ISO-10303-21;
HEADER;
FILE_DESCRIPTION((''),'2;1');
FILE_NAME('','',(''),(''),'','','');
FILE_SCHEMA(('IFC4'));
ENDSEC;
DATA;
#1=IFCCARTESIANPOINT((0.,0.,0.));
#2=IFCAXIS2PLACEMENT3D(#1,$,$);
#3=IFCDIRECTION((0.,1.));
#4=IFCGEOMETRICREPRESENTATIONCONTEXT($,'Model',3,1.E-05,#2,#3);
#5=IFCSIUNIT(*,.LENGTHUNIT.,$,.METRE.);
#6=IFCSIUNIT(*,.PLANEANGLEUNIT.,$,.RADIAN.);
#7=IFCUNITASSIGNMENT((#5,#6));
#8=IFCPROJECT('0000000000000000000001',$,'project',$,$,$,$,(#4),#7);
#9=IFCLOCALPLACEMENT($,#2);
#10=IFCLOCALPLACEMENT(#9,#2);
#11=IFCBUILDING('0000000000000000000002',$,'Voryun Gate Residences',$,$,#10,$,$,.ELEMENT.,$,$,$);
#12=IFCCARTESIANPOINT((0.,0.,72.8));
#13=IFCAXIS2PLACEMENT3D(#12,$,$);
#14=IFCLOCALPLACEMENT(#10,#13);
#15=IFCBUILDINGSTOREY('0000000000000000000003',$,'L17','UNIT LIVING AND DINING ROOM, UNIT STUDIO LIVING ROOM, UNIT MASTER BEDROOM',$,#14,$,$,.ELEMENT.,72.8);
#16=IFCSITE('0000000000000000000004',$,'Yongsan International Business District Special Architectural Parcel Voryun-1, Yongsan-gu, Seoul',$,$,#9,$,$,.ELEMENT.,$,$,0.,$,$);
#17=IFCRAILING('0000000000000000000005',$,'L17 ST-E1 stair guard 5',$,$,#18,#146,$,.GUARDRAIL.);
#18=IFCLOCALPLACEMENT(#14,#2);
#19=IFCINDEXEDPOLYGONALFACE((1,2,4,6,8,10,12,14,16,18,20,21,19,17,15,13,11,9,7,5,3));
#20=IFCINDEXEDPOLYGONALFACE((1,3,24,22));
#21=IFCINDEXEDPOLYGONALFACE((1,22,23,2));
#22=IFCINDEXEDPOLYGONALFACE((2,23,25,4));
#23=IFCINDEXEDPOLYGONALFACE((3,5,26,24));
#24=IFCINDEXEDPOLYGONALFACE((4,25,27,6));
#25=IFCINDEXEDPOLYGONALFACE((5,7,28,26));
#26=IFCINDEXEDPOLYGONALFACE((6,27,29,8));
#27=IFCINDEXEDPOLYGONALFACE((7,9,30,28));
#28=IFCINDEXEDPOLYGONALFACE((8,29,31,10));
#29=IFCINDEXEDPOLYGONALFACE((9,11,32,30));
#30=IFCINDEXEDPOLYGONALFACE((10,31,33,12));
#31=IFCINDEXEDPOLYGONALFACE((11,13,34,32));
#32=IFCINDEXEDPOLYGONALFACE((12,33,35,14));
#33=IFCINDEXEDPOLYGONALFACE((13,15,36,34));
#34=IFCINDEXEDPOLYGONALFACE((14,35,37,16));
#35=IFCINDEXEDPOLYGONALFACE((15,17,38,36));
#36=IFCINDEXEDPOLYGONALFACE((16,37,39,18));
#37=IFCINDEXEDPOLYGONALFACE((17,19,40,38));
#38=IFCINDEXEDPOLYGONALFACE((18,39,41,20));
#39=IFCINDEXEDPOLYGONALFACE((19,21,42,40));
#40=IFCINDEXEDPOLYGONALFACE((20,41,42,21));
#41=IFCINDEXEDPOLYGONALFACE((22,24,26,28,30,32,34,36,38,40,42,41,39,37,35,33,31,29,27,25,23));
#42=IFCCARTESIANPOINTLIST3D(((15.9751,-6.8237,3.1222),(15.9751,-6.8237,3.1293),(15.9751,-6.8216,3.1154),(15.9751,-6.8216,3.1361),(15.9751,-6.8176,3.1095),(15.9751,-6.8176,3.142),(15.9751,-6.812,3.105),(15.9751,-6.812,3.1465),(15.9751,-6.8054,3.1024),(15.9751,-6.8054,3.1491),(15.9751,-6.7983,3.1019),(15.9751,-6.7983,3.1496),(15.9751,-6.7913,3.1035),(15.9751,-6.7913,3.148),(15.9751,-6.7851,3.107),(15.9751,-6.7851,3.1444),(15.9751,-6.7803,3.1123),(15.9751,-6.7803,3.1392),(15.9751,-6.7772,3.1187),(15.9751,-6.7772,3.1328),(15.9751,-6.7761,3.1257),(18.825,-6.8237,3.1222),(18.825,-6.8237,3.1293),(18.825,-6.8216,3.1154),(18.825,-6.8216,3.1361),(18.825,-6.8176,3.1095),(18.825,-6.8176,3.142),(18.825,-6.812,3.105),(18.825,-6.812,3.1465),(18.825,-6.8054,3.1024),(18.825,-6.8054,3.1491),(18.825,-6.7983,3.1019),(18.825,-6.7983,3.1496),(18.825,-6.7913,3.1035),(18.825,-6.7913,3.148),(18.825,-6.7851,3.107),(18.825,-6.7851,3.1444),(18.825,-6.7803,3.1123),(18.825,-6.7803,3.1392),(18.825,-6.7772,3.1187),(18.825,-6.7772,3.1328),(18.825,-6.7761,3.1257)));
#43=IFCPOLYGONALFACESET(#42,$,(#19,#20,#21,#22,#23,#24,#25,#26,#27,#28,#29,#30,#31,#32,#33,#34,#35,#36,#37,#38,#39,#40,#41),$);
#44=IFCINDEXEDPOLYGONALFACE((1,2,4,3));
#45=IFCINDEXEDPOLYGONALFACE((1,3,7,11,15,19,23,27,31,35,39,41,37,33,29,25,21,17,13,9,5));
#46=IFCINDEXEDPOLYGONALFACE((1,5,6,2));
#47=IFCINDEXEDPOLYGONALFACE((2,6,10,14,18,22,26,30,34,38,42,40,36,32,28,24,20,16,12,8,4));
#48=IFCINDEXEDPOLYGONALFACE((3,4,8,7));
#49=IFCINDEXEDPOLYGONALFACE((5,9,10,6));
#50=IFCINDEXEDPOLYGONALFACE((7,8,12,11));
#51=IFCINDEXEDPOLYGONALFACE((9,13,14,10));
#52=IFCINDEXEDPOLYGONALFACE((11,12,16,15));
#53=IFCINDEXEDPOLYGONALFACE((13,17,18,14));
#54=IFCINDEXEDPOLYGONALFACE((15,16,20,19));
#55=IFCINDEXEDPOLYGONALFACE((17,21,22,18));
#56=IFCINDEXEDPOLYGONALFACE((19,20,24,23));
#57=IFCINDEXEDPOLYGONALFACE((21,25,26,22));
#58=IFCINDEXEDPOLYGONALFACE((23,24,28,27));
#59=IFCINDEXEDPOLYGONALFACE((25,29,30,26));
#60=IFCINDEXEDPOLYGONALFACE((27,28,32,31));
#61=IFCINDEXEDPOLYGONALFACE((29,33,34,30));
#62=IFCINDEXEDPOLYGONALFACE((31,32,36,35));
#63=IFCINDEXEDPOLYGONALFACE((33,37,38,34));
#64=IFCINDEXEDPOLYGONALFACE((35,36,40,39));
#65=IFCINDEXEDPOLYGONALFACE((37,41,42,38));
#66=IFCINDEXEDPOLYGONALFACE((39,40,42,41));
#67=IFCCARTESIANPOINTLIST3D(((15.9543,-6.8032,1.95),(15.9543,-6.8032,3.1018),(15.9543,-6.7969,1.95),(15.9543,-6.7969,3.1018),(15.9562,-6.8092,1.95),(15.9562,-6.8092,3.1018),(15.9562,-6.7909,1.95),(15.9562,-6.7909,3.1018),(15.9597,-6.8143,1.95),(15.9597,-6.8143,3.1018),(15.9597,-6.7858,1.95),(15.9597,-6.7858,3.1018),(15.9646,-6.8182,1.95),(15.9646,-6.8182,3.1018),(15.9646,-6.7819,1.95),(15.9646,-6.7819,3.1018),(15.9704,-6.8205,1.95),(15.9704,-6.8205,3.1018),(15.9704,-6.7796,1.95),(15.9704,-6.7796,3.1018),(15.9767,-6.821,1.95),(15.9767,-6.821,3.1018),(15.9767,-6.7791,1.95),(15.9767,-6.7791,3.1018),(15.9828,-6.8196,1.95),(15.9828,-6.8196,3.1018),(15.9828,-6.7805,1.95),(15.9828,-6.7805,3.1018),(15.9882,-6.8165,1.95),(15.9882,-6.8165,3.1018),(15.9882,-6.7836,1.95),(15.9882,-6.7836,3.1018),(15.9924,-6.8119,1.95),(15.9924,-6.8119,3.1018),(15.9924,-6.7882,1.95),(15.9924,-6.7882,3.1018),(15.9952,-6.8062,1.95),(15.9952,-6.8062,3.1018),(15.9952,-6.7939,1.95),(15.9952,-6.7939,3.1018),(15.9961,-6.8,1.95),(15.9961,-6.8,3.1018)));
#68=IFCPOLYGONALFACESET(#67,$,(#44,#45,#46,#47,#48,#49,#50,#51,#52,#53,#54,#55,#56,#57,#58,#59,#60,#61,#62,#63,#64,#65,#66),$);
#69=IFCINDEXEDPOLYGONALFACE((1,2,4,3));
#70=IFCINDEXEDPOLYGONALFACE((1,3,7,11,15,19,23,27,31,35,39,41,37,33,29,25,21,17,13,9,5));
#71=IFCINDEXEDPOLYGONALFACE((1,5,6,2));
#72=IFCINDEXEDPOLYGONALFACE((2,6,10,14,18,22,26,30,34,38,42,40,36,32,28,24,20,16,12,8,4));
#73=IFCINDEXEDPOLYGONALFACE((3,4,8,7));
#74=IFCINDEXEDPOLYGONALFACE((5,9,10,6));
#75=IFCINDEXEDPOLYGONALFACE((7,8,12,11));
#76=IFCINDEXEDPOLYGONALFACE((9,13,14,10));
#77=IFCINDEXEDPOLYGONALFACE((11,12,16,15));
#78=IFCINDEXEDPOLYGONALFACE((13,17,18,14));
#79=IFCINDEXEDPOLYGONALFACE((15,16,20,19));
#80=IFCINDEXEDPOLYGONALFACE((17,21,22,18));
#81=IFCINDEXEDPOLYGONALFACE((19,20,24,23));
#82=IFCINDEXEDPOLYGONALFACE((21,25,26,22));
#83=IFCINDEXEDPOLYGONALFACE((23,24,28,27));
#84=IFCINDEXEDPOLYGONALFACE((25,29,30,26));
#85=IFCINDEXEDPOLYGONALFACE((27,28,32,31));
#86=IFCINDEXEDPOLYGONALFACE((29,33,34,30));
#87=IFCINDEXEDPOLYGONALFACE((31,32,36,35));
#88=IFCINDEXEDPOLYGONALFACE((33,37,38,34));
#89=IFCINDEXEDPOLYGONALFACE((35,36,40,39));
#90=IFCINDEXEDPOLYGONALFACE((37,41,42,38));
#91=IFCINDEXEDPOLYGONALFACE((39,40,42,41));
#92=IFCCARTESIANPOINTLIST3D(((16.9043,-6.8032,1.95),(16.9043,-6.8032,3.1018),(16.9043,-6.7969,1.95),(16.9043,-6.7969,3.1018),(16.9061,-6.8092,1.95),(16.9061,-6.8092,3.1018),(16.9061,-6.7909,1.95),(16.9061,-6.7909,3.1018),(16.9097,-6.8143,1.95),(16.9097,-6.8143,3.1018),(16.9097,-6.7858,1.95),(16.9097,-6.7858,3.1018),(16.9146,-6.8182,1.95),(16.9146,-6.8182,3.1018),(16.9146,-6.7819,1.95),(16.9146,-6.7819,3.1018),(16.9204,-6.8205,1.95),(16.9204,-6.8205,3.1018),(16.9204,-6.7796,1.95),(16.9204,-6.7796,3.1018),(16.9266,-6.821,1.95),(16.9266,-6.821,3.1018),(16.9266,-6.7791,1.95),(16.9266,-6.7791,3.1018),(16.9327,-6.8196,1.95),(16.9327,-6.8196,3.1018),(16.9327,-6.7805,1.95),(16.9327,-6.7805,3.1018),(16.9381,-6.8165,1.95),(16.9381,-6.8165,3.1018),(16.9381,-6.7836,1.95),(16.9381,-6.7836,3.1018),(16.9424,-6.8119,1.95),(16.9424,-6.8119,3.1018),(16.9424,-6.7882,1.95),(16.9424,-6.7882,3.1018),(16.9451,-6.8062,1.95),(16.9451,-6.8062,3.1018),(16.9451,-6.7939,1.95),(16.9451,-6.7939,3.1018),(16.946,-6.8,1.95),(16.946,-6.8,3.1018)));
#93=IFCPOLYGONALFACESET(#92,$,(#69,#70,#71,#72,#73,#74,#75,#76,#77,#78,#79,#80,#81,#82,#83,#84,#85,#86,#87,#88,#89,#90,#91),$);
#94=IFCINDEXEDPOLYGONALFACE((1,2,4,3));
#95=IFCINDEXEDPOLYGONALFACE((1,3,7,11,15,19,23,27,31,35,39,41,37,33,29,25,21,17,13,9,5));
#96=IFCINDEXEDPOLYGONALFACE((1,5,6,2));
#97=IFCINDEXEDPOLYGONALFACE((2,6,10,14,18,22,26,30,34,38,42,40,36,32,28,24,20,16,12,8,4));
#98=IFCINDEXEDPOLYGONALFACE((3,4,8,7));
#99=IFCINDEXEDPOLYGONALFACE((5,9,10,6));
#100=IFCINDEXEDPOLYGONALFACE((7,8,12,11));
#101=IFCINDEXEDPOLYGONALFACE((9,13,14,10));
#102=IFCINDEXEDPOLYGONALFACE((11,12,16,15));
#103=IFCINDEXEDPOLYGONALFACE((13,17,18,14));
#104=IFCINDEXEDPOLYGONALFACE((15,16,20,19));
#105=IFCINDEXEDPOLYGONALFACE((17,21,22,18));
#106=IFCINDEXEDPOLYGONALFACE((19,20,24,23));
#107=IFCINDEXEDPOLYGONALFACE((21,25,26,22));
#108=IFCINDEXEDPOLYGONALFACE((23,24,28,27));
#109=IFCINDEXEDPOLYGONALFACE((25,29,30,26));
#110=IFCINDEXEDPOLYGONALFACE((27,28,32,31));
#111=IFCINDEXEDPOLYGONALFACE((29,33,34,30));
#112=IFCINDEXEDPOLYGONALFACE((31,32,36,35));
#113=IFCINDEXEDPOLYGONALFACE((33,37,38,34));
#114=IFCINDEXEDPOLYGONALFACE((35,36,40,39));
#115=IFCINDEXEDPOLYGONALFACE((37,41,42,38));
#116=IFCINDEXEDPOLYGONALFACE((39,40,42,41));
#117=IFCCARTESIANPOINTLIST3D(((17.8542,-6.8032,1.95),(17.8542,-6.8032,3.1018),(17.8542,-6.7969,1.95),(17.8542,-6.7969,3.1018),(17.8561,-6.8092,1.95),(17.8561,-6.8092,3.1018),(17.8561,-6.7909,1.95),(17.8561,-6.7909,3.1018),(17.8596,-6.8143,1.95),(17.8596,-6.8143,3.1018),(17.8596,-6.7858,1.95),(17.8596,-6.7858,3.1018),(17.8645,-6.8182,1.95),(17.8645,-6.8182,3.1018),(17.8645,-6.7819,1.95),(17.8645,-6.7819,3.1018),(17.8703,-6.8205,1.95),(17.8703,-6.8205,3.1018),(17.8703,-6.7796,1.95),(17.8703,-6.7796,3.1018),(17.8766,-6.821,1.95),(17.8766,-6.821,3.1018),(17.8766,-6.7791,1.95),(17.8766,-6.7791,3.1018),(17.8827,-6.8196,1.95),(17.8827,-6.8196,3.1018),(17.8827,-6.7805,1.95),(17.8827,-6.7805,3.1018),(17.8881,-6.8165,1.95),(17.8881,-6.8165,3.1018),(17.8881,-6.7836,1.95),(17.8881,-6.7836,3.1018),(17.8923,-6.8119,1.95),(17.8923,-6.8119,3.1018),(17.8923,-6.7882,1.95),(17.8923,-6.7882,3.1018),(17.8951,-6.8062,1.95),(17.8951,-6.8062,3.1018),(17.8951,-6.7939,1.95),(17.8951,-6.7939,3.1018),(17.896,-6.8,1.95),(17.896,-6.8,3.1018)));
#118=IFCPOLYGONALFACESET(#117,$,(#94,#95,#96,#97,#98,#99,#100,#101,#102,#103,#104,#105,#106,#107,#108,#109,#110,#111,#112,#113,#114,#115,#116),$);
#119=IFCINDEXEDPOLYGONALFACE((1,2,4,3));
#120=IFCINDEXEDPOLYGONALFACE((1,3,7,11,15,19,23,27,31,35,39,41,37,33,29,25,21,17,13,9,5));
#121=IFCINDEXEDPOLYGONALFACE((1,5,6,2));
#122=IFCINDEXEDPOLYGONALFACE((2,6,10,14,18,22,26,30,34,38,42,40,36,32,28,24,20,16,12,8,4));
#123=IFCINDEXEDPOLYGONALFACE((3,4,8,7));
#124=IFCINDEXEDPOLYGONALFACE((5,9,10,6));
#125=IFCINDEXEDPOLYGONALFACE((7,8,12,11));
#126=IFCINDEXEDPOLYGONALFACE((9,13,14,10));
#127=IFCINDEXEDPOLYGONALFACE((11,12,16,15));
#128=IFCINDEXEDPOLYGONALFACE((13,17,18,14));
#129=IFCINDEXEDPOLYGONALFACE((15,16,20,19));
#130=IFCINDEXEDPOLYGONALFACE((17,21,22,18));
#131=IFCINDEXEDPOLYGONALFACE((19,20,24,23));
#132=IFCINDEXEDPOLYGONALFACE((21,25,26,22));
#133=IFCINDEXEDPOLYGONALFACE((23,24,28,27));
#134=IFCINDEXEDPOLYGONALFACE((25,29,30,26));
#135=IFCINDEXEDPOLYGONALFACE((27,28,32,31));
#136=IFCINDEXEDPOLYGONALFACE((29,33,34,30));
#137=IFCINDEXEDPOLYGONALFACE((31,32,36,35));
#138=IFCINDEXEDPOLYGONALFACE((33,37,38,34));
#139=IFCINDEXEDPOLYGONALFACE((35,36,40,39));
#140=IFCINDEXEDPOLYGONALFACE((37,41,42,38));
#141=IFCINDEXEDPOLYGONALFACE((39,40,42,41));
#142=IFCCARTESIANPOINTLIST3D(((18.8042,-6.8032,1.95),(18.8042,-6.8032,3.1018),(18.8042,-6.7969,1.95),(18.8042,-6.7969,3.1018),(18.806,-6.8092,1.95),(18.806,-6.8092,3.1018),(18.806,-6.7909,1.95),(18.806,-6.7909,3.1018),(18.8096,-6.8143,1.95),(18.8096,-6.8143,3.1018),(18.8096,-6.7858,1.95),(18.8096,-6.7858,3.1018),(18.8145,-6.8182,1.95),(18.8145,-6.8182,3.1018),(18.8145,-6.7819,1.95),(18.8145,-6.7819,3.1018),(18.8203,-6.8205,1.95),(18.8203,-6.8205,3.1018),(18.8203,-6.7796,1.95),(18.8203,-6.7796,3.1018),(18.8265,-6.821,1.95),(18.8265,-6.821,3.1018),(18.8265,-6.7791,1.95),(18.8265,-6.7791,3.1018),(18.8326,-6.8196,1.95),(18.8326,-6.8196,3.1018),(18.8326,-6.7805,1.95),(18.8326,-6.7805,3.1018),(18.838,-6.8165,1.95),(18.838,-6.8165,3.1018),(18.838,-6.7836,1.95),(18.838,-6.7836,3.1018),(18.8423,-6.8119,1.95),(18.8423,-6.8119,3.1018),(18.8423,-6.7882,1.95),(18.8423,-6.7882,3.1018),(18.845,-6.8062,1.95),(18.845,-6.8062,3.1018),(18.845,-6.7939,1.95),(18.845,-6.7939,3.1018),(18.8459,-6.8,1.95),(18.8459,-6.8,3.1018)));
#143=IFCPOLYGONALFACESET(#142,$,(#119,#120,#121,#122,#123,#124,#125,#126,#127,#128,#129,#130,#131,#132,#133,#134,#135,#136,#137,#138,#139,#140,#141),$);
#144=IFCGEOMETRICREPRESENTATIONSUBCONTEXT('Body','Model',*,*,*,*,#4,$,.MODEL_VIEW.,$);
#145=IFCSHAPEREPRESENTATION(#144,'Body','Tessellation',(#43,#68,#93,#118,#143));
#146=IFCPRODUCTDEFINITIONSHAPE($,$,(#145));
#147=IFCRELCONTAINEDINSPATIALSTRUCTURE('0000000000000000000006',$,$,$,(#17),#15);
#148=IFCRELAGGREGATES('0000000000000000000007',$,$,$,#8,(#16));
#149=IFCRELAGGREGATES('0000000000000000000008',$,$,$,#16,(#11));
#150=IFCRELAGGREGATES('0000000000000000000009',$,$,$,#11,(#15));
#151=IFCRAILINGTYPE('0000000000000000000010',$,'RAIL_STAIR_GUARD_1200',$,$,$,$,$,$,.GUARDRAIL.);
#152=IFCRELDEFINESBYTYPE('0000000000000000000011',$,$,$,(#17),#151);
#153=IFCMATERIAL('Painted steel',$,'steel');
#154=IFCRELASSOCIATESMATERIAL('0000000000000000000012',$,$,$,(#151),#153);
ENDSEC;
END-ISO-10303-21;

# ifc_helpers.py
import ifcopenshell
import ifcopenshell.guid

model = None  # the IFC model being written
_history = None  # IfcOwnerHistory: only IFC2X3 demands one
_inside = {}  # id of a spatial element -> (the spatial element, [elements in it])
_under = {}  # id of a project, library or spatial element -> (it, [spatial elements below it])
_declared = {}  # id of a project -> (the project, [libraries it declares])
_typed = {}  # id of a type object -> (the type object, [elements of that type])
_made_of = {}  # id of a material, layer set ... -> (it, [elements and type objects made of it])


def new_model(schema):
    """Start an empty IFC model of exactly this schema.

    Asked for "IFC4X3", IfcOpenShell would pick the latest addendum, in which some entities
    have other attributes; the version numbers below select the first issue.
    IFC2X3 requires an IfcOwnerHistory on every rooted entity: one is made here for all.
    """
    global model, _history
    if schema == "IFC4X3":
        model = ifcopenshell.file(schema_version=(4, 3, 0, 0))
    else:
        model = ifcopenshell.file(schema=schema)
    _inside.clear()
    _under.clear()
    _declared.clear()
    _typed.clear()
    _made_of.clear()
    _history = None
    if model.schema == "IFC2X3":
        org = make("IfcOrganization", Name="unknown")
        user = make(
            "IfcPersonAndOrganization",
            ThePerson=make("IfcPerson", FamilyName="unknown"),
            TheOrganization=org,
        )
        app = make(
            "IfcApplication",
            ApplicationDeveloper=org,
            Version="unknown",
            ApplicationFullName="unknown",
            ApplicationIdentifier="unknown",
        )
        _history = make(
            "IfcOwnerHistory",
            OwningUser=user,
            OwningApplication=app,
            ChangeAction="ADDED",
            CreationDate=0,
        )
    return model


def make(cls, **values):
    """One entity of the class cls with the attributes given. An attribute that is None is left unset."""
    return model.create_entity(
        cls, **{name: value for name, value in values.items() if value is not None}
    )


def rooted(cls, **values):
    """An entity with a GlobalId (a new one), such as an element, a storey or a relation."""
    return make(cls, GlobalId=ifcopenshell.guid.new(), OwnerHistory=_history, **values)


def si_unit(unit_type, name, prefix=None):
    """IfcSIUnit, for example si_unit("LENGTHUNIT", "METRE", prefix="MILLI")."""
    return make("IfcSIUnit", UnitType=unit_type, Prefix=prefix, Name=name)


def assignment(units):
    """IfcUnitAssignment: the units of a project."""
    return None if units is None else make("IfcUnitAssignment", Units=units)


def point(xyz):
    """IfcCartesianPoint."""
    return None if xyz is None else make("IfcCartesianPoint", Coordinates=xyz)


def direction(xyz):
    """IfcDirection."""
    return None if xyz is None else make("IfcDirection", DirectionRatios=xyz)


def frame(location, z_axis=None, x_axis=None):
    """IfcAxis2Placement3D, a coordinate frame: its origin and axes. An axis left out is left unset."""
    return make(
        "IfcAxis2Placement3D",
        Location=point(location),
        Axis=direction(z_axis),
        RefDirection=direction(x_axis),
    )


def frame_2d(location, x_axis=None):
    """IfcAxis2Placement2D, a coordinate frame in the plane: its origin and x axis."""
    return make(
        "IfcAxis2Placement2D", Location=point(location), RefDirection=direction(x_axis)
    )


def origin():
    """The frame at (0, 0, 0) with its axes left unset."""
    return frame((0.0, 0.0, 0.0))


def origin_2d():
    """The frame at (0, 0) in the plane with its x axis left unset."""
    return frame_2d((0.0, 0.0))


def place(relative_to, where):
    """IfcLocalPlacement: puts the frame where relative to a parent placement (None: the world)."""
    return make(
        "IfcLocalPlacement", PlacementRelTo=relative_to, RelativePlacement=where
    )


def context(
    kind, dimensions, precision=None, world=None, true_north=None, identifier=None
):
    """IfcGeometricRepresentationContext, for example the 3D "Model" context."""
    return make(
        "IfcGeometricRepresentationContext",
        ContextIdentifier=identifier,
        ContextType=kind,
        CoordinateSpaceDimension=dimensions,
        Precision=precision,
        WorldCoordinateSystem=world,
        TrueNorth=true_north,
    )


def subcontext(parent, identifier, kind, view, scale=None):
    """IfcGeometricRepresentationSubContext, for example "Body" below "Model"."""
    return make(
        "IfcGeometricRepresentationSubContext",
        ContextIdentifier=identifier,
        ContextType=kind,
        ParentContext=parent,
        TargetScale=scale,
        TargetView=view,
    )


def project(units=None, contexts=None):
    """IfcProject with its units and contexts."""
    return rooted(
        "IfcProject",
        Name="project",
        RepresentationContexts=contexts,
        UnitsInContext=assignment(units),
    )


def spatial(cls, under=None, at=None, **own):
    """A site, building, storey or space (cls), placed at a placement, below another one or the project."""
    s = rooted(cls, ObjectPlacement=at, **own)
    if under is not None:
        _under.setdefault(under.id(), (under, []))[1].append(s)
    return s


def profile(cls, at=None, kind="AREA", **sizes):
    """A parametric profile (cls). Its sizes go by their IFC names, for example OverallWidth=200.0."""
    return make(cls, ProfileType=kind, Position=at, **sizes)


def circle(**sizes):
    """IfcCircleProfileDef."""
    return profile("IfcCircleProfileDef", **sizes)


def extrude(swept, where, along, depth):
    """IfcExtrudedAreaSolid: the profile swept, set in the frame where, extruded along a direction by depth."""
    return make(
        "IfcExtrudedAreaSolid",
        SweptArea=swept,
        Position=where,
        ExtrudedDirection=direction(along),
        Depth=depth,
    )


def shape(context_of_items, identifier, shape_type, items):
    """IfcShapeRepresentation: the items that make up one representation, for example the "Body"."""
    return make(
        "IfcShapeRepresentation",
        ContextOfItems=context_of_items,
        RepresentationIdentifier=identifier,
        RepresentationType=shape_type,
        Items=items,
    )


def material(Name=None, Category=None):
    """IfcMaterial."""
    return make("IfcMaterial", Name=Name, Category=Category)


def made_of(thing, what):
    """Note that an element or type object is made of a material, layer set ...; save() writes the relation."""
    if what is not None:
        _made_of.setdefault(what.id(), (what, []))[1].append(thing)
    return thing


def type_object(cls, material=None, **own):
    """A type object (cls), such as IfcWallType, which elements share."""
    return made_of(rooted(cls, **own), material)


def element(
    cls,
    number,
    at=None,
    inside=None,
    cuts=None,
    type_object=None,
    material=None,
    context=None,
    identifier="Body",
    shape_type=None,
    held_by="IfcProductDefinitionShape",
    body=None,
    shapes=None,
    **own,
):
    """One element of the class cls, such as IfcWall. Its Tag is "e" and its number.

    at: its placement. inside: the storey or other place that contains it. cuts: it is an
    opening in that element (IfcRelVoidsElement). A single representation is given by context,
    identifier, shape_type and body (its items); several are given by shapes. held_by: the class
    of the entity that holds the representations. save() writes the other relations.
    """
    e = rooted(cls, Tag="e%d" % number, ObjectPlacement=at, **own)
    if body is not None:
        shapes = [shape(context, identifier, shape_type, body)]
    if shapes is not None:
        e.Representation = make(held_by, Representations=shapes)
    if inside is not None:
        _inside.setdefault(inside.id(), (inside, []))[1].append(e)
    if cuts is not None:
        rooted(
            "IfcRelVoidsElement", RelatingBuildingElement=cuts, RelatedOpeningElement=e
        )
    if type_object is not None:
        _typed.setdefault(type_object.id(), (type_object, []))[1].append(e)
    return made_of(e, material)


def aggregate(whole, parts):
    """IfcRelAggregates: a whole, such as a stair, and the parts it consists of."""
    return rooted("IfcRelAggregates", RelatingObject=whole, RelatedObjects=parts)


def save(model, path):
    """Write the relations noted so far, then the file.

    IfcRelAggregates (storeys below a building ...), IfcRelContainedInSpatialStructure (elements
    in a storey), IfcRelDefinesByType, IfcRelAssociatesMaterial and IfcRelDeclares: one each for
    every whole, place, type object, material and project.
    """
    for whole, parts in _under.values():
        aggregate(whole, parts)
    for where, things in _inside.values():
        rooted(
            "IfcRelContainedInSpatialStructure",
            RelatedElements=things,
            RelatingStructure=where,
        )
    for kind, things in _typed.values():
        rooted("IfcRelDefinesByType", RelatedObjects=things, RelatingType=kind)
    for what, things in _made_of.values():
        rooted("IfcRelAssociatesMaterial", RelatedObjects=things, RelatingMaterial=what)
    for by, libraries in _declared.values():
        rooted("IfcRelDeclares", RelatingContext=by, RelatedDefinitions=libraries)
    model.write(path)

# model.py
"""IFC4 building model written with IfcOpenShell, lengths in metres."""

from ifc_helpers import new_model, si_unit, direction, frame, origin, origin_2d, place, context, subcontext, project, spatial, circle, extrude, material, type_object, element, save


model = new_model("IFC4")

# Units and contexts
model_context = context("Model", 3, precision=1e-05, world=origin(), true_north=direction((0.0, 1.0)))
body_context = subcontext(model_context, "Body", "Model", "MODEL_VIEW")
ifc_project = project(units=[si_unit("LENGTHUNIT", "METRE"), si_unit("PLANEANGLEUNIT", "RADIAN")], contexts=[model_context])

# Site, building, storey
site_placement = place(None, origin())
site = spatial("IfcSite", under=ifc_project, at=site_placement, Name="Yongsan International Business District Special Architectural Parcel Voryun-1, Yongsan-gu, Seoul", CompositionType="ELEMENT", RefElevation=0.0)
building_placement = place(site_placement, origin())
building = spatial("IfcBuilding", under=site, at=building_placement, Name="Voryun Gate Residences", CompositionType="ELEMENT")
storey_placement = place(building_placement, frame((0.0, 0.0, 72.8)))
storey = spatial("IfcBuildingStorey", under=building, at=storey_placement, Name="L17", Description="UNIT LIVING AND DINING ROOM, UNIT STUDIO LIVING ROOM, UNIT MASTER BEDROOM", CompositionType="ELEMENT", Elevation=72.8)

# Railing
ifc_material_1 = material(Name="Painted steel", Category="steel")
railing_type_1 = type_object("IfcRailingType", Name="RAIL_STAIR_GUARD_1200", PredefinedType="GUARDRAIL", material=ifc_material_1)
railing_1_placement = place(storey_placement, frame((15.9751, -6.8, 1.95)))
element("IfcRailing", 1, at=railing_1_placement, inside=storey, type_object=railing_type_1, Name="L17 ST-E1 stair guard 5", PredefinedType="GUARDRAIL", context=body_context, shape_type="SweptSolid", body=[
    extrude(circle(Radius=0.0239, at=origin_2d()), frame((0.0, 0.0, 1.1758), z_axis=(1.0, 0.0, 0.0), x_axis=(0.0, 1.0, 0.0)), (0.0, 0.0, 1.0), 2.8499),
    extrude(circle(Radius=0.021, at=origin_2d()), origin(), (0.0, 0.0, 1.0), 1.1519),
    extrude(circle(Radius=0.021, at=origin_2d()), frame((0.95, 0.0, 0.0)), (0.0, 0.0, 1.0), 1.1519),
    extrude(circle(Radius=0.021, at=origin_2d()), frame((1.8999, 0.0, 0.0)), (0.0, 0.0, 1.0), 1.1519),
    extrude(circle(Radius=0.021, at=origin_2d()), frame((2.8499, 0.0, 0.0)), (0.0, 0.0, 1.0), 1.1519),
])

save(model, "model.ifc")
